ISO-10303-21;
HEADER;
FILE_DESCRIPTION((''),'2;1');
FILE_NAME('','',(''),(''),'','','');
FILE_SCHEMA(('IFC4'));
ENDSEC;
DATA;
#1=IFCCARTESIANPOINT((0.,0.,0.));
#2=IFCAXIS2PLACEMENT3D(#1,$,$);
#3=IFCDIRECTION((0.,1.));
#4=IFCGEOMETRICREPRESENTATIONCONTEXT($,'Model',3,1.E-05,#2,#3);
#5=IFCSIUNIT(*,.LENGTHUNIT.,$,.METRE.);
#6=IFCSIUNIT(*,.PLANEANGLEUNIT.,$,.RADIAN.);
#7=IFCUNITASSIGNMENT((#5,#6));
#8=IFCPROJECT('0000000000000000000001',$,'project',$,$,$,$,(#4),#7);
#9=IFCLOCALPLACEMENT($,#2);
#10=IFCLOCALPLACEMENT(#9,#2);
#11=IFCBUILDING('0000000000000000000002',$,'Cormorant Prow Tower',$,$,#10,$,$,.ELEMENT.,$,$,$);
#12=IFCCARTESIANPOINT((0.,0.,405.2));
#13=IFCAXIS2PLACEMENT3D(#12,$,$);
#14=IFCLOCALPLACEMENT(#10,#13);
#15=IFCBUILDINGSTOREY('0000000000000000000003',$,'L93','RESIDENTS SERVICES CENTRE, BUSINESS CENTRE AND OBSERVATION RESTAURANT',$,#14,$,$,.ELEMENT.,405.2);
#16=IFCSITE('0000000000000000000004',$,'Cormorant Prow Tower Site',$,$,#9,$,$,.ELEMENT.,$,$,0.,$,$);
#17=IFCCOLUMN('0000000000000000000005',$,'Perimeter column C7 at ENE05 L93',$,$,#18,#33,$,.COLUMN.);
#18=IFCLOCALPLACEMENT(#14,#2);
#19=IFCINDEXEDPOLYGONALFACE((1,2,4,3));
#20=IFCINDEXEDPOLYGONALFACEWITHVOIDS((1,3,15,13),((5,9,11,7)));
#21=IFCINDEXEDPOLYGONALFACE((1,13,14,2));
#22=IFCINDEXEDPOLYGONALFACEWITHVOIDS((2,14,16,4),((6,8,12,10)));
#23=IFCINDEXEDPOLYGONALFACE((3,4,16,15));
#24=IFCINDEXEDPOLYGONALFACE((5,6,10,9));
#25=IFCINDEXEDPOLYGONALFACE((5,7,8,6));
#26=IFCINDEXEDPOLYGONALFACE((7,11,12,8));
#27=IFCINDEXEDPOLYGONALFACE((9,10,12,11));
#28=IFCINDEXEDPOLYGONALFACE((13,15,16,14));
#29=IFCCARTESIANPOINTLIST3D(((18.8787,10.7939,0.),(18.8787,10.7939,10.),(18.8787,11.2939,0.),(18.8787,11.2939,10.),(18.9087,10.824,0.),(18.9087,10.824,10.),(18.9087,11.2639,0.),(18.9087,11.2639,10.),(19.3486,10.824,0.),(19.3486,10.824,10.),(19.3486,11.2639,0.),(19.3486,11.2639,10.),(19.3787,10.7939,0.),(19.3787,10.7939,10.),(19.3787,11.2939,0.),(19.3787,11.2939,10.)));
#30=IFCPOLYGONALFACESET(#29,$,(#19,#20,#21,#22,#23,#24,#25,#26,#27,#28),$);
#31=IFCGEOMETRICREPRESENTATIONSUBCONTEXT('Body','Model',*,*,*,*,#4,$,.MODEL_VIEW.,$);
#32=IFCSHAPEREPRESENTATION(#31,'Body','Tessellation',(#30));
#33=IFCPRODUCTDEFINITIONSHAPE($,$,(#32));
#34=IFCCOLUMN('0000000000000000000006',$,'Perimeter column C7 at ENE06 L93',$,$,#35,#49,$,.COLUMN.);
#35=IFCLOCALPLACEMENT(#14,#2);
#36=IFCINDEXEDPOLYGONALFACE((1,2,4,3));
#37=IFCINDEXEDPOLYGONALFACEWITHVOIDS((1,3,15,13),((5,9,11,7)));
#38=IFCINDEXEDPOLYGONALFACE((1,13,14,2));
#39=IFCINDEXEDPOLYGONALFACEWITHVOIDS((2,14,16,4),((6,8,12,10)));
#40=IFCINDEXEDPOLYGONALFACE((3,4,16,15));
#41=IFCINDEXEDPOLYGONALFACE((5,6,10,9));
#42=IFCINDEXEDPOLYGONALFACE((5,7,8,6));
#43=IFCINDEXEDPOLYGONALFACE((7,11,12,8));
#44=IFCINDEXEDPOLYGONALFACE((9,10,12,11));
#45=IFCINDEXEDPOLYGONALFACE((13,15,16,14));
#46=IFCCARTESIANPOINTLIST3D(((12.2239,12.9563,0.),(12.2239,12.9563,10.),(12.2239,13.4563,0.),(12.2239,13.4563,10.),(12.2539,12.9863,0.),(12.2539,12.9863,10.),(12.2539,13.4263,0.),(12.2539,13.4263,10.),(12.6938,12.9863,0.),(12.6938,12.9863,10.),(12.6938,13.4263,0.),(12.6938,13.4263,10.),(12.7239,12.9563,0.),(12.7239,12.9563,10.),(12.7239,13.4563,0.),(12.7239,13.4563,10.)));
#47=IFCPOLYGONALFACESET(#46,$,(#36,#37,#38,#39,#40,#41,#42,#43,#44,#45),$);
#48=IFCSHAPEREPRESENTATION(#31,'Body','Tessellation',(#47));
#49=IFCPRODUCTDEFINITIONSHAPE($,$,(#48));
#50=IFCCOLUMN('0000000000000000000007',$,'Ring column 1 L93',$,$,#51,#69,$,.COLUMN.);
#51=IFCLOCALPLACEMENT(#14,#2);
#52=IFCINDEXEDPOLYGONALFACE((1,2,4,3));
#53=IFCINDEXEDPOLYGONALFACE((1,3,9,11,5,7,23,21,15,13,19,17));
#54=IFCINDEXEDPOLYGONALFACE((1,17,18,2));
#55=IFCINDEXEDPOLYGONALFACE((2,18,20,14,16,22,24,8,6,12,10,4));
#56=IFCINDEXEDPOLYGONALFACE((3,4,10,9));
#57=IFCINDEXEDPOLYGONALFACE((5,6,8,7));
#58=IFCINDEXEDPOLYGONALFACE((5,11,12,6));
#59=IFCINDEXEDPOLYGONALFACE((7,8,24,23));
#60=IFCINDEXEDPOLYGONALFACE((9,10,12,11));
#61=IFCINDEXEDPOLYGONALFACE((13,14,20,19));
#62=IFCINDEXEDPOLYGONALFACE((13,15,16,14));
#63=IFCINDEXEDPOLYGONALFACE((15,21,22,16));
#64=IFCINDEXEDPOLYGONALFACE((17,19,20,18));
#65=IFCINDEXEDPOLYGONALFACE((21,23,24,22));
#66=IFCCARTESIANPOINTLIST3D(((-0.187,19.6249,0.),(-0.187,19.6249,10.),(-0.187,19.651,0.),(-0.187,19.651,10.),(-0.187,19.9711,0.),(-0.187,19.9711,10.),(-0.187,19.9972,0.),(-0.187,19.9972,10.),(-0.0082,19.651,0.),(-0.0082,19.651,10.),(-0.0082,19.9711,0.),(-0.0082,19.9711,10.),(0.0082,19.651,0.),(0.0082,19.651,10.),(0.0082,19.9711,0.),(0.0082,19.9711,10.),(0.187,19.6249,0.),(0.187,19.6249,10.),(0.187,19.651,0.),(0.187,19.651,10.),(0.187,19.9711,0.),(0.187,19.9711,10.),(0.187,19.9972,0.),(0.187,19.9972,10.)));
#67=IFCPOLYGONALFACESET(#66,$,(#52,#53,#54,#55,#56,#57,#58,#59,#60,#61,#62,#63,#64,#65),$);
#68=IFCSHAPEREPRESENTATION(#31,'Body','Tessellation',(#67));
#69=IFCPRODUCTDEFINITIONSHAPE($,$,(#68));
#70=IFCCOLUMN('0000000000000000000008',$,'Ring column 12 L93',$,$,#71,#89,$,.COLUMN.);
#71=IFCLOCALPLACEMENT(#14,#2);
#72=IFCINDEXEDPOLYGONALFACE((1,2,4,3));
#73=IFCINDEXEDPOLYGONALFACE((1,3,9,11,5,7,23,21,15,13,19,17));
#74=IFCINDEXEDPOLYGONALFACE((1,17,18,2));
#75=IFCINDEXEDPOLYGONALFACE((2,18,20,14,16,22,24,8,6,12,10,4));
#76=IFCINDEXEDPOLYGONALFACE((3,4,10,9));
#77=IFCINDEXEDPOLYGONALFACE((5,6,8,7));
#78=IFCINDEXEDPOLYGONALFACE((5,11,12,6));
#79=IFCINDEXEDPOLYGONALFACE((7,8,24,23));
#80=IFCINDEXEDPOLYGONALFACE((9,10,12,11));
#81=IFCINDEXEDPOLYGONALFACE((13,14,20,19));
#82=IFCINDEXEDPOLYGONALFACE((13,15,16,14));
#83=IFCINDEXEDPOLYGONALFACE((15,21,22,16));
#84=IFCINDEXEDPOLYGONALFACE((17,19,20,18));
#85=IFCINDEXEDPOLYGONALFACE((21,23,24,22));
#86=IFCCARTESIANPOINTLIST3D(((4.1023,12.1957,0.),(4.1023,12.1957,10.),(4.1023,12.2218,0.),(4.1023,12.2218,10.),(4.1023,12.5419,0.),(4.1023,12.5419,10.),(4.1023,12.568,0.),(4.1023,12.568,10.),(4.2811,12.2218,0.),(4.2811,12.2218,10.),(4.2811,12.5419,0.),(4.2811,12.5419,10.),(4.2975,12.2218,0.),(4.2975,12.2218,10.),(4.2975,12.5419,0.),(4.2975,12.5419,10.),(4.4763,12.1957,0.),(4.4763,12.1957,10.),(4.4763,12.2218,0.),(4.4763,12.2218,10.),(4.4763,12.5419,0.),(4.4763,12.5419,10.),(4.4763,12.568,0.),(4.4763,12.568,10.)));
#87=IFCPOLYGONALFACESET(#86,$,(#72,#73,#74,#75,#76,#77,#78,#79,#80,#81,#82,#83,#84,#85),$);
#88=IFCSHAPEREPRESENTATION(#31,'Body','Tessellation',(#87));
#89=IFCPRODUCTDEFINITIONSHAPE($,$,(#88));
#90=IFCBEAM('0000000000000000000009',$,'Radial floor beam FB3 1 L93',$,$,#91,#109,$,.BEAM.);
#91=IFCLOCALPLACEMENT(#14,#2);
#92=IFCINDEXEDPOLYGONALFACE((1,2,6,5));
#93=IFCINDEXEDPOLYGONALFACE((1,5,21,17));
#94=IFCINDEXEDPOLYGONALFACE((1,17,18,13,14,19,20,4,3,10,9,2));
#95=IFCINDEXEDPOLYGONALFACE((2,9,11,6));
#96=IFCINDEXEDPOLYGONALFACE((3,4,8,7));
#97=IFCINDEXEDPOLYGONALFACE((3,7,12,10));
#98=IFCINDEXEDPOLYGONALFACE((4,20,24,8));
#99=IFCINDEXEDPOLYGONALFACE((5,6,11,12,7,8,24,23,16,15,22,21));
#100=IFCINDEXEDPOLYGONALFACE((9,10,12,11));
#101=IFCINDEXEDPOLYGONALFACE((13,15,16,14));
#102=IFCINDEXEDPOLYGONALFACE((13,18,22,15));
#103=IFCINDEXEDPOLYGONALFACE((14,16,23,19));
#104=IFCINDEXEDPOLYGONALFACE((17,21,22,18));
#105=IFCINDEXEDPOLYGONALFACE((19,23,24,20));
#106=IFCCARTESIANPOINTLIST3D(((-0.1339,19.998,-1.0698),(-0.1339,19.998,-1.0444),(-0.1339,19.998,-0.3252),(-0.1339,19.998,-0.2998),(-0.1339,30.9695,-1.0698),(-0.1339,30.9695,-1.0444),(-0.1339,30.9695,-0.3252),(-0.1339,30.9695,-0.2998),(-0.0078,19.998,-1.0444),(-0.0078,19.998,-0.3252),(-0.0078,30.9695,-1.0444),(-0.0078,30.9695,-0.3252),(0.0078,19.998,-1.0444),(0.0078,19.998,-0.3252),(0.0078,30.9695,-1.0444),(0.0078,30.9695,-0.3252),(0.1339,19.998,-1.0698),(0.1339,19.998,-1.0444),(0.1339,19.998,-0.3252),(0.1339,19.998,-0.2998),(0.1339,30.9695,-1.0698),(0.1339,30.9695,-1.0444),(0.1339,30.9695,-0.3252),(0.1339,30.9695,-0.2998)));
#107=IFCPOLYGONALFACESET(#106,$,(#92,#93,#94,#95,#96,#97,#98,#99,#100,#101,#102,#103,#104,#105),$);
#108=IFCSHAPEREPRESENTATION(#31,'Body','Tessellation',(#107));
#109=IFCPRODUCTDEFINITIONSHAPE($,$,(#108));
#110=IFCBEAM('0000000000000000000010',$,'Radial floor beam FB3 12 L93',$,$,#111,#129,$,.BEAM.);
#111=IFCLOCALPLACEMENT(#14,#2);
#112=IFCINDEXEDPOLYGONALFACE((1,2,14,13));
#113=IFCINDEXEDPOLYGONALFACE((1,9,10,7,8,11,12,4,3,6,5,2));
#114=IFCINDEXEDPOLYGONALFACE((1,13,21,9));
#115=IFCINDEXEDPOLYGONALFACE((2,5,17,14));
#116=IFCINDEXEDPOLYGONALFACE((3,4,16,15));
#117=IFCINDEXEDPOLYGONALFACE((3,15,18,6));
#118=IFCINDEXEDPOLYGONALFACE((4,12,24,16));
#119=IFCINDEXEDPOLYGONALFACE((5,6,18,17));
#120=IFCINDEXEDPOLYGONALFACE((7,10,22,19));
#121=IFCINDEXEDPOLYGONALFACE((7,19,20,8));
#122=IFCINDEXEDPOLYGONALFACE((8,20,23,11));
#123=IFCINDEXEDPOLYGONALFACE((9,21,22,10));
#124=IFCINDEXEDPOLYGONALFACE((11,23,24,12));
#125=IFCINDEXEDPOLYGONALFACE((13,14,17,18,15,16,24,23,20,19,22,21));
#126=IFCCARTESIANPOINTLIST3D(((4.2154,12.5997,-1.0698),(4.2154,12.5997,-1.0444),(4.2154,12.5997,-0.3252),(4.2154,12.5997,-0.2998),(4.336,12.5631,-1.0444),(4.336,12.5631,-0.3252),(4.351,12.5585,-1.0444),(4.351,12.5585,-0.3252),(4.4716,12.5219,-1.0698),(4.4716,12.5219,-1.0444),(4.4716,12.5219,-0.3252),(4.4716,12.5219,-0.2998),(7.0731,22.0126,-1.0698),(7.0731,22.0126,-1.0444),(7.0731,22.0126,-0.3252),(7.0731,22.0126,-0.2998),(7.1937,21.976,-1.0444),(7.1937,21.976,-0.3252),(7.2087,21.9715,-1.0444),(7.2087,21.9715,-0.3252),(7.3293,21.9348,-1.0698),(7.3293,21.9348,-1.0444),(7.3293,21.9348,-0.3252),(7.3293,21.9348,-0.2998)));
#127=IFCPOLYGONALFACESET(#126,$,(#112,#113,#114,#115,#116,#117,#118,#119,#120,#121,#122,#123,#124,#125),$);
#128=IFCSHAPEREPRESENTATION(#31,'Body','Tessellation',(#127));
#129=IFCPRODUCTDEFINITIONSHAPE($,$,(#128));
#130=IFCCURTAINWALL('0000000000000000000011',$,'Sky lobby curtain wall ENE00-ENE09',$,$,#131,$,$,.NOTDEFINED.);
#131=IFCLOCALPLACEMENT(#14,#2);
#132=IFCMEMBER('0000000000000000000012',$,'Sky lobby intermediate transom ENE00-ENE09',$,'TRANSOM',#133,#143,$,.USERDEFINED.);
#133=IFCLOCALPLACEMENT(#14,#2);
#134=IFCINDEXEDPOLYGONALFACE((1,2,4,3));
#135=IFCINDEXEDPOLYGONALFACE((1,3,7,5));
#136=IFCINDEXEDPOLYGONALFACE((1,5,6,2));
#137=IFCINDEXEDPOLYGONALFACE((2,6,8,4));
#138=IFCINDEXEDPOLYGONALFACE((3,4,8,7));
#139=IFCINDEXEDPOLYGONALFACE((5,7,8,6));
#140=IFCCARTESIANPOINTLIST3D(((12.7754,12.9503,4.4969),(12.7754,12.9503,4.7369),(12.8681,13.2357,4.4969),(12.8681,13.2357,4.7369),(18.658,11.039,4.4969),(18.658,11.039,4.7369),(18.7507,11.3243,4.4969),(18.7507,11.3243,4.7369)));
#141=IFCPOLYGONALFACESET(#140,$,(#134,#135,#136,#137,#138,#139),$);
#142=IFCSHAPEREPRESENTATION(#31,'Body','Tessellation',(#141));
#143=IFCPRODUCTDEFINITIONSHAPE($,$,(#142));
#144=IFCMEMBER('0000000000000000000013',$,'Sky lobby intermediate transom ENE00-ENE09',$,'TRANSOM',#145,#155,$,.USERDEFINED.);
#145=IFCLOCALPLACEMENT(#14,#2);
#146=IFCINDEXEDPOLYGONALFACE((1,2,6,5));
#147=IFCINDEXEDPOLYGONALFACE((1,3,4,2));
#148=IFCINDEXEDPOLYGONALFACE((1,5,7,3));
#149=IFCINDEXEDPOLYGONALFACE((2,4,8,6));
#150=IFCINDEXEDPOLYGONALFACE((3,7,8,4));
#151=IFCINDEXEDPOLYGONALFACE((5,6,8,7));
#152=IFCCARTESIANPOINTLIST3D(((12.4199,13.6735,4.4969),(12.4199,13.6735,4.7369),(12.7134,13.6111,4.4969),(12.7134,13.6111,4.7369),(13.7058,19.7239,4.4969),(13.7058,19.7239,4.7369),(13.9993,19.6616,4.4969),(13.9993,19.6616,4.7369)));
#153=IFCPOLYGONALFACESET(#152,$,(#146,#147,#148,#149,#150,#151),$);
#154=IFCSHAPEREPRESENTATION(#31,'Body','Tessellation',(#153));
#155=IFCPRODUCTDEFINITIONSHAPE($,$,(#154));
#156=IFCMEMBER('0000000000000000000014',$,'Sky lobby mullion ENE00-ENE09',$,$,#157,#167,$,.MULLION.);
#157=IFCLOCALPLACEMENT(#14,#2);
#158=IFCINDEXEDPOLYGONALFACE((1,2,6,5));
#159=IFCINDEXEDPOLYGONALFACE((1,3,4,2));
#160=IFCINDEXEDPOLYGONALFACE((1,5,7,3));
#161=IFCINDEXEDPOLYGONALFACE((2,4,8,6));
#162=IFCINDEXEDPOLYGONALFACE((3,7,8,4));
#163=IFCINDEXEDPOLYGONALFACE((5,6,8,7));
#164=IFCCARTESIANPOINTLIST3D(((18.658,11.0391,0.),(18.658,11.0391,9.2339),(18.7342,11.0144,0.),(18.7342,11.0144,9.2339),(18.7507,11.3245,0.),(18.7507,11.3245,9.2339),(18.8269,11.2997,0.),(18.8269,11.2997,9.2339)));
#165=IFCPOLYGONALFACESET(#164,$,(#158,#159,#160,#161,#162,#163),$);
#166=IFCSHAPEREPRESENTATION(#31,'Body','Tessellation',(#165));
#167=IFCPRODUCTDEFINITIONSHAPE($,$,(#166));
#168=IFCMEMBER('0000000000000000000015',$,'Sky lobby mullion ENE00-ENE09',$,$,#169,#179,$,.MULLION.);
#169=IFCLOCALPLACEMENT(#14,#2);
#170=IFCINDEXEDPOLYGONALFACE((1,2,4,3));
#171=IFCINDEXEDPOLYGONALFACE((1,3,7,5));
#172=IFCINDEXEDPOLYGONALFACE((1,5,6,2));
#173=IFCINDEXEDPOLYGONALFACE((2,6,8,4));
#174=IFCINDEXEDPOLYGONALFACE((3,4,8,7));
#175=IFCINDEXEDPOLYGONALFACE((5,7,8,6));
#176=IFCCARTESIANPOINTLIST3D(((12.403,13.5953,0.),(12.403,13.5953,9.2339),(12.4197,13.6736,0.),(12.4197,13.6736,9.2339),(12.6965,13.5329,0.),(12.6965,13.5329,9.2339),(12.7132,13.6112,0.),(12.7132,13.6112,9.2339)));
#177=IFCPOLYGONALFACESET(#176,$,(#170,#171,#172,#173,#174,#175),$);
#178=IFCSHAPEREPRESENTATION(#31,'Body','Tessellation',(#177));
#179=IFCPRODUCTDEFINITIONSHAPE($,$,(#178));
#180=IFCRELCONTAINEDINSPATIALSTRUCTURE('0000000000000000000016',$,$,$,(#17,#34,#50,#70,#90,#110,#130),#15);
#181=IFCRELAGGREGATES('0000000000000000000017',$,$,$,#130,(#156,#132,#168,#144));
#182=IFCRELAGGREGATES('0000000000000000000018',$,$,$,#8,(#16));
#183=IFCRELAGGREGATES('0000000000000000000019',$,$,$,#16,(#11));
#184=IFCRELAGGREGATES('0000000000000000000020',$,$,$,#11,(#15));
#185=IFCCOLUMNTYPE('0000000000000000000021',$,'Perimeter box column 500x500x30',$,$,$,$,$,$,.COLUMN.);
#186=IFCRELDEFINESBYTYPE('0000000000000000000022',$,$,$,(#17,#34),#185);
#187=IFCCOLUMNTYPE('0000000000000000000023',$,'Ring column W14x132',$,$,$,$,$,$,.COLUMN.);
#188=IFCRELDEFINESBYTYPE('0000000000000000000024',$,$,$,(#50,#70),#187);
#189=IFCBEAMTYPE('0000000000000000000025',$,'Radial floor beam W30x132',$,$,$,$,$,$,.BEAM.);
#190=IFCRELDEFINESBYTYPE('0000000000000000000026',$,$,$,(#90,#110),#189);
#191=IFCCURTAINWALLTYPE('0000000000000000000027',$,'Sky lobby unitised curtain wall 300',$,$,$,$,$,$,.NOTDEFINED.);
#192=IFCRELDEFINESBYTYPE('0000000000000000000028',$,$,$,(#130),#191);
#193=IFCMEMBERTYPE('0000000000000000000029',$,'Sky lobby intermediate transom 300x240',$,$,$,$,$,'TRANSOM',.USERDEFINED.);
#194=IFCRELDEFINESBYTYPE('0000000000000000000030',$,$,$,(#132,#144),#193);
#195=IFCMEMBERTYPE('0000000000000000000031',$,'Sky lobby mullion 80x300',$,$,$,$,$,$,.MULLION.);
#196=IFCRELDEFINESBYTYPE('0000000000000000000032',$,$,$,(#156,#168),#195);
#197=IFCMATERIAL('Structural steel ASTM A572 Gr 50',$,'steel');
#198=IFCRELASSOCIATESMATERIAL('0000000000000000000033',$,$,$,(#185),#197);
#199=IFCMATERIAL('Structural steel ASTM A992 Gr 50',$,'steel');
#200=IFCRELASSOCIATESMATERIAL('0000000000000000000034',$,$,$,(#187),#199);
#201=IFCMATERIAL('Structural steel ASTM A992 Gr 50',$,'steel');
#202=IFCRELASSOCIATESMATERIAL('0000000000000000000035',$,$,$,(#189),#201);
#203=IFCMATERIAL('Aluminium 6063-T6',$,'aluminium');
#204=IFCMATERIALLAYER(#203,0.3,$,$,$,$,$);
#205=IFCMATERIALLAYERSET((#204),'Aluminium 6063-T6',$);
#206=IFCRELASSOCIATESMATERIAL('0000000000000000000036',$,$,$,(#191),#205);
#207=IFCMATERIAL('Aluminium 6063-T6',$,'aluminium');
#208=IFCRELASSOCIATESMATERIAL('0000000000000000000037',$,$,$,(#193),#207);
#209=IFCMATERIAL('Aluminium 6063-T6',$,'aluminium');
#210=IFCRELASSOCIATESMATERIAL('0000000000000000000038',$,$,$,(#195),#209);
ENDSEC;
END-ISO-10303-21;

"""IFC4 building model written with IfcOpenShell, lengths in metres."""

from ifc_helpers import new_model, si_unit, direction, frame, origin, origin_2d, place, context, subcontext, project, spatial, rectangle, hollow_rectangle, i_section, extrude, material, layer, layer_set, material_profile, profile_set, type_object, element, aggregate, save


model = new_model("IFC4")

# Units and contexts
model_context = context("Model", 3, precision=1e-05, world=origin(), true_north=direction((0.0, 1.0)))
body_context = subcontext(model_context, "Body", "Model", "MODEL_VIEW")
ifc_project = project(units=[si_unit("LENGTHUNIT", "METRE"), si_unit("PLANEANGLEUNIT", "RADIAN")], contexts=[model_context])

# Site, building, storey
site_placement = place(None, origin())
site = spatial("IfcSite", under=ifc_project, at=site_placement, Name="Cormorant Prow Tower Site", CompositionType="ELEMENT", RefElevation=0.0)
building_placement = place(site_placement, origin())
building = spatial("IfcBuilding", under=site, at=building_placement, Name="Cormorant Prow Tower", CompositionType="ELEMENT")
storey_placement = place(building_placement, frame((0.0, 0.0, 405.2)))
storey = spatial("IfcBuildingStorey", under=building, at=storey_placement, Name="L93", Description="RESIDENTS SERVICES CENTRE, BUSINESS CENTRE AND OBSERVATION RESTAURANT", CompositionType="ELEMENT", Elevation=405.2)

# Columns
ifc_material_1 = material(Name="Structural steel ASTM A572 Gr 50", Category="steel")
ifc_material_profile_1 = material_profile(ifc_material_1, hollow_rectangle(XDim=0.5, YDim=0.5, WallThickness=0.03, at=origin_2d()), Name="Box 500x500x30")
ifc_profile_set_1 = profile_set([ifc_material_profile_1], Name="Structural steel ASTM A572 Gr 50")
column_type_1 = type_object("IfcColumnType", Name="Perimeter box column 500x500x30", PredefinedType="COLUMN", material=ifc_profile_set_1)
for number, where, z_axis, x_axis, name in (
    (1, (19.1287, 11.0439, 0.0), (0.0, 0.0, 1.0), (1.0, 0.0, 0.0), "Perimeter column C7 at ENE05 L93"),
    (2, (12.4739, 13.2063, 0.0), (0.0, 0.0, 1.0), (1.0, 0.0, 0.0), "Perimeter column C7 at ENE06 L93"),
):
    element("IfcColumn", number, at=place(storey_placement, frame(where, z_axis=z_axis, x_axis=x_axis)), inside=storey, type_object=column_type_1, Name=name, PredefinedType="COLUMN", context=body_context, shape_type="SweptSolid", body=[
        extrude(hollow_rectangle(XDim=0.5, YDim=0.5, WallThickness=0.03, at=origin_2d()), origin(), (0.0, 0.0, 1.0), 10.0),
    ])
ifc_material_2 = material(Name="Structural steel ASTM A992 Gr 50", Category="steel")
ifc_material_profile_2 = material_profile(ifc_material_2, i_section(OverallWidth=0.374, OverallDepth=0.3723, WebThickness=0.0164, FlangeThickness=0.0261, at=origin_2d()), Name="W14x132")
ifc_profile_set_2 = profile_set([ifc_material_profile_2], Name="Structural steel ASTM A992 Gr 50")
column_type_2 = type_object("IfcColumnType", Name="Ring column W14x132", PredefinedType="COLUMN", material=ifc_profile_set_2)
for number, where, z_axis, x_axis, name in (
    (3, (0.0, 19.811, 0.0), (0.0, 0.0, 1.0), (1.0, 0.0, 0.0), "Ring column 1 L93"),
    (4, (4.2893, 12.3818, 0.0), (0.0, 0.0, 1.0), (1.0, 0.0, 0.0), "Ring column 12 L93"),
):
    element("IfcColumn", number, at=place(storey_placement, frame(where, z_axis=z_axis, x_axis=x_axis)), inside=storey, type_object=column_type_2, Name=name, PredefinedType="COLUMN", context=body_context, shape_type="SweptSolid", body=[
        extrude(i_section(OverallWidth=0.374, OverallDepth=0.3723, WebThickness=0.0164, FlangeThickness=0.0261, at=origin_2d()), origin(), (0.0, 0.0, 1.0), 10.0),
    ])

# Beams
ifc_material_3 = material(Name="Structural steel ASTM A992 Gr 50", Category="steel")
ifc_material_profile_3 = material_profile(ifc_material_3, i_section(OverallWidth=0.2678, OverallDepth=0.77, WebThickness=0.0156, FlangeThickness=0.0254, at=origin_2d()), Name="W30x132")
ifc_profile_set_3 = profile_set([ifc_material_profile_3], Name="Structural steel ASTM A992 Gr 50")
beam_type_1 = type_object("IfcBeamType", Name="Radial floor beam W30x132", PredefinedType="BEAM", material=ifc_profile_set_3)
beam_1_placement = place(storey_placement, frame((0.0, 19.998, -0.6848), z_axis=(0.0, 1.0, 0.0), x_axis=(-1.0, 0.0, 0.0)))
element("IfcBeam", 5, at=beam_1_placement, inside=storey, type_object=beam_type_1, Name="Radial floor beam FB3 1 L93", PredefinedType="BEAM", context=body_context, shape_type="SweptSolid", body=[
    extrude(i_section(OverallWidth=0.2678, OverallDepth=0.77, WebThickness=0.0156, FlangeThickness=0.0254, at=origin_2d()), origin(), (0.0, 0.0, 1.0), 10.9714),
])
beam_2_placement = place(storey_placement, frame((4.3435, 12.5608, -0.6848), z_axis=(0.2905, 0.956875, 0.0), x_axis=(-0.956875, 0.2905, 0.0)))
element("IfcBeam", 6, at=beam_2_placement, inside=storey, type_object=beam_type_1, Name="Radial floor beam FB3 12 L93", PredefinedType="BEAM", context=body_context, shape_type="SweptSolid", body=[
    extrude(i_section(OverallWidth=0.2678, OverallDepth=0.77, WebThickness=0.0156, FlangeThickness=0.0254, at=origin_2d()), origin(), (0.0, 0.0, 1.0), 9.8372),
])

# Curtain wall, members
ifc_material_4 = material(Name="Aluminium 6063-T6", Category="aluminium")
ifc_layer_1 = layer(ifc_material_4, 0.3)
ifc_layer_set_1 = layer_set([ifc_layer_1], Name="Aluminium 6063-T6")
curtain_wall_type = type_object("IfcCurtainWallType", Name="Sky lobby unitised curtain wall 300", PredefinedType="NOTDEFINED", material=ifc_layer_set_1)
curtain_wall_placement = place(storey_placement, origin())
curtain_wall = element("IfcCurtainWall", 7, at=curtain_wall_placement, inside=storey, type_object=curtain_wall_type, Name="Sky lobby curtain wall ENE00-ENE09", PredefinedType="NOTDEFINED")
ifc_material_5 = material(Name="Aluminium 6063-T6", Category="aluminium")
ifc_material_profile_4 = material_profile(ifc_material_5, rectangle(XDim=0.3, YDim=0.24, at=origin_2d()), Name="Sky lobby intermediate transom 300x240")
ifc_profile_set_4 = profile_set([ifc_material_profile_4], Name="Aluminium 6063-T6")
member_type_1 = type_object("IfcMemberType", Name="Sky lobby intermediate transom 300x240", ElementType="TRANSOM", PredefinedType="USERDEFINED", material=ifc_profile_set_4)
member_1_placement = place(storey_placement, frame((18.7043, 11.1816, 4.6169), z_axis=(-0.951056, 0.309019, 0.0), x_axis=(-0.309019, -0.951056, 0.0)))
member_1 = element("IfcMember", 8, at=member_1_placement, type_object=member_type_1, Name="Sky lobby intermediate transom ENE00-ENE09", ObjectType="TRANSOM", PredefinedType="USERDEFINED", context=body_context, shape_type="SweptSolid", body=[
    extrude(rectangle(XDim=0.3, YDim=0.24, at=origin_2d()), origin(), (0.0, 0.0, 1.0), 6.1853),
])
member_2_placement = place(storey_placement, frame((12.5667, 13.6423, 4.6169), z_axis=(0.20789, 0.978152, 0.0), x_axis=(-0.978152, 0.20789, 0.0)))
member_2 = element("IfcMember", 9, at=member_2_placement, type_object=member_type_1, Name="Sky lobby intermediate transom ENE00-ENE09", ObjectType="TRANSOM", PredefinedType="USERDEFINED", context=body_context, shape_type="SweptSolid", body=[
    extrude(rectangle(XDim=0.3, YDim=0.24, at=origin_2d()), origin(), (0.0, 0.0, 1.0), 6.1855),
])
ifc_material_6 = material(Name="Aluminium 6063-T6", Category="aluminium")
ifc_material_profile_5 = material_profile(ifc_material_6, rectangle(XDim=0.3, YDim=0.0801, at=origin_2d()), Name="Sky lobby mullion 80x300")
ifc_profile_set_5 = profile_set([ifc_material_profile_5], Name="Aluminium 6063-T6")
member_type_2 = type_object("IfcMemberType", Name="Sky lobby mullion 80x300", PredefinedType="MULLION", material=ifc_profile_set_5)
member_3_placement = place(storey_placement, frame((18.7424, 11.1694, 0.0), z_axis=(0.0, 0.0, 1.0), x_axis=(-0.309017, -0.951056, 0.0)))
member_3 = element("IfcMember", 10, at=member_3_placement, type_object=member_type_2, Name="Sky lobby mullion ENE00-ENE09", PredefinedType="MULLION", context=body_context, shape_type="SweptSolid", body=[
    extrude(rectangle(XDim=0.3, YDim=0.0801, at=origin_2d()), origin(), (0.0, 0.0, 1.0), 9.2339),
])
member_4_placement = place(storey_placement, frame((12.5581, 13.6033, 0.0), z_axis=(0.0, 0.0, 1.0), x_axis=(-0.978148, 0.207912, 0.0)))
member_4 = element("IfcMember", 11, at=member_4_placement, type_object=member_type_2, Name="Sky lobby mullion ENE00-ENE09", PredefinedType="MULLION", context=body_context, shape_type="SweptSolid", body=[
    extrude(rectangle(XDim=0.3, YDim=0.0801, at=origin_2d()), origin(), (0.0, 0.0, 1.0), 9.2339),
])

aggregate(curtain_wall, [member_3, member_1, member_4, member_2])

save(model, "model.ifc")
